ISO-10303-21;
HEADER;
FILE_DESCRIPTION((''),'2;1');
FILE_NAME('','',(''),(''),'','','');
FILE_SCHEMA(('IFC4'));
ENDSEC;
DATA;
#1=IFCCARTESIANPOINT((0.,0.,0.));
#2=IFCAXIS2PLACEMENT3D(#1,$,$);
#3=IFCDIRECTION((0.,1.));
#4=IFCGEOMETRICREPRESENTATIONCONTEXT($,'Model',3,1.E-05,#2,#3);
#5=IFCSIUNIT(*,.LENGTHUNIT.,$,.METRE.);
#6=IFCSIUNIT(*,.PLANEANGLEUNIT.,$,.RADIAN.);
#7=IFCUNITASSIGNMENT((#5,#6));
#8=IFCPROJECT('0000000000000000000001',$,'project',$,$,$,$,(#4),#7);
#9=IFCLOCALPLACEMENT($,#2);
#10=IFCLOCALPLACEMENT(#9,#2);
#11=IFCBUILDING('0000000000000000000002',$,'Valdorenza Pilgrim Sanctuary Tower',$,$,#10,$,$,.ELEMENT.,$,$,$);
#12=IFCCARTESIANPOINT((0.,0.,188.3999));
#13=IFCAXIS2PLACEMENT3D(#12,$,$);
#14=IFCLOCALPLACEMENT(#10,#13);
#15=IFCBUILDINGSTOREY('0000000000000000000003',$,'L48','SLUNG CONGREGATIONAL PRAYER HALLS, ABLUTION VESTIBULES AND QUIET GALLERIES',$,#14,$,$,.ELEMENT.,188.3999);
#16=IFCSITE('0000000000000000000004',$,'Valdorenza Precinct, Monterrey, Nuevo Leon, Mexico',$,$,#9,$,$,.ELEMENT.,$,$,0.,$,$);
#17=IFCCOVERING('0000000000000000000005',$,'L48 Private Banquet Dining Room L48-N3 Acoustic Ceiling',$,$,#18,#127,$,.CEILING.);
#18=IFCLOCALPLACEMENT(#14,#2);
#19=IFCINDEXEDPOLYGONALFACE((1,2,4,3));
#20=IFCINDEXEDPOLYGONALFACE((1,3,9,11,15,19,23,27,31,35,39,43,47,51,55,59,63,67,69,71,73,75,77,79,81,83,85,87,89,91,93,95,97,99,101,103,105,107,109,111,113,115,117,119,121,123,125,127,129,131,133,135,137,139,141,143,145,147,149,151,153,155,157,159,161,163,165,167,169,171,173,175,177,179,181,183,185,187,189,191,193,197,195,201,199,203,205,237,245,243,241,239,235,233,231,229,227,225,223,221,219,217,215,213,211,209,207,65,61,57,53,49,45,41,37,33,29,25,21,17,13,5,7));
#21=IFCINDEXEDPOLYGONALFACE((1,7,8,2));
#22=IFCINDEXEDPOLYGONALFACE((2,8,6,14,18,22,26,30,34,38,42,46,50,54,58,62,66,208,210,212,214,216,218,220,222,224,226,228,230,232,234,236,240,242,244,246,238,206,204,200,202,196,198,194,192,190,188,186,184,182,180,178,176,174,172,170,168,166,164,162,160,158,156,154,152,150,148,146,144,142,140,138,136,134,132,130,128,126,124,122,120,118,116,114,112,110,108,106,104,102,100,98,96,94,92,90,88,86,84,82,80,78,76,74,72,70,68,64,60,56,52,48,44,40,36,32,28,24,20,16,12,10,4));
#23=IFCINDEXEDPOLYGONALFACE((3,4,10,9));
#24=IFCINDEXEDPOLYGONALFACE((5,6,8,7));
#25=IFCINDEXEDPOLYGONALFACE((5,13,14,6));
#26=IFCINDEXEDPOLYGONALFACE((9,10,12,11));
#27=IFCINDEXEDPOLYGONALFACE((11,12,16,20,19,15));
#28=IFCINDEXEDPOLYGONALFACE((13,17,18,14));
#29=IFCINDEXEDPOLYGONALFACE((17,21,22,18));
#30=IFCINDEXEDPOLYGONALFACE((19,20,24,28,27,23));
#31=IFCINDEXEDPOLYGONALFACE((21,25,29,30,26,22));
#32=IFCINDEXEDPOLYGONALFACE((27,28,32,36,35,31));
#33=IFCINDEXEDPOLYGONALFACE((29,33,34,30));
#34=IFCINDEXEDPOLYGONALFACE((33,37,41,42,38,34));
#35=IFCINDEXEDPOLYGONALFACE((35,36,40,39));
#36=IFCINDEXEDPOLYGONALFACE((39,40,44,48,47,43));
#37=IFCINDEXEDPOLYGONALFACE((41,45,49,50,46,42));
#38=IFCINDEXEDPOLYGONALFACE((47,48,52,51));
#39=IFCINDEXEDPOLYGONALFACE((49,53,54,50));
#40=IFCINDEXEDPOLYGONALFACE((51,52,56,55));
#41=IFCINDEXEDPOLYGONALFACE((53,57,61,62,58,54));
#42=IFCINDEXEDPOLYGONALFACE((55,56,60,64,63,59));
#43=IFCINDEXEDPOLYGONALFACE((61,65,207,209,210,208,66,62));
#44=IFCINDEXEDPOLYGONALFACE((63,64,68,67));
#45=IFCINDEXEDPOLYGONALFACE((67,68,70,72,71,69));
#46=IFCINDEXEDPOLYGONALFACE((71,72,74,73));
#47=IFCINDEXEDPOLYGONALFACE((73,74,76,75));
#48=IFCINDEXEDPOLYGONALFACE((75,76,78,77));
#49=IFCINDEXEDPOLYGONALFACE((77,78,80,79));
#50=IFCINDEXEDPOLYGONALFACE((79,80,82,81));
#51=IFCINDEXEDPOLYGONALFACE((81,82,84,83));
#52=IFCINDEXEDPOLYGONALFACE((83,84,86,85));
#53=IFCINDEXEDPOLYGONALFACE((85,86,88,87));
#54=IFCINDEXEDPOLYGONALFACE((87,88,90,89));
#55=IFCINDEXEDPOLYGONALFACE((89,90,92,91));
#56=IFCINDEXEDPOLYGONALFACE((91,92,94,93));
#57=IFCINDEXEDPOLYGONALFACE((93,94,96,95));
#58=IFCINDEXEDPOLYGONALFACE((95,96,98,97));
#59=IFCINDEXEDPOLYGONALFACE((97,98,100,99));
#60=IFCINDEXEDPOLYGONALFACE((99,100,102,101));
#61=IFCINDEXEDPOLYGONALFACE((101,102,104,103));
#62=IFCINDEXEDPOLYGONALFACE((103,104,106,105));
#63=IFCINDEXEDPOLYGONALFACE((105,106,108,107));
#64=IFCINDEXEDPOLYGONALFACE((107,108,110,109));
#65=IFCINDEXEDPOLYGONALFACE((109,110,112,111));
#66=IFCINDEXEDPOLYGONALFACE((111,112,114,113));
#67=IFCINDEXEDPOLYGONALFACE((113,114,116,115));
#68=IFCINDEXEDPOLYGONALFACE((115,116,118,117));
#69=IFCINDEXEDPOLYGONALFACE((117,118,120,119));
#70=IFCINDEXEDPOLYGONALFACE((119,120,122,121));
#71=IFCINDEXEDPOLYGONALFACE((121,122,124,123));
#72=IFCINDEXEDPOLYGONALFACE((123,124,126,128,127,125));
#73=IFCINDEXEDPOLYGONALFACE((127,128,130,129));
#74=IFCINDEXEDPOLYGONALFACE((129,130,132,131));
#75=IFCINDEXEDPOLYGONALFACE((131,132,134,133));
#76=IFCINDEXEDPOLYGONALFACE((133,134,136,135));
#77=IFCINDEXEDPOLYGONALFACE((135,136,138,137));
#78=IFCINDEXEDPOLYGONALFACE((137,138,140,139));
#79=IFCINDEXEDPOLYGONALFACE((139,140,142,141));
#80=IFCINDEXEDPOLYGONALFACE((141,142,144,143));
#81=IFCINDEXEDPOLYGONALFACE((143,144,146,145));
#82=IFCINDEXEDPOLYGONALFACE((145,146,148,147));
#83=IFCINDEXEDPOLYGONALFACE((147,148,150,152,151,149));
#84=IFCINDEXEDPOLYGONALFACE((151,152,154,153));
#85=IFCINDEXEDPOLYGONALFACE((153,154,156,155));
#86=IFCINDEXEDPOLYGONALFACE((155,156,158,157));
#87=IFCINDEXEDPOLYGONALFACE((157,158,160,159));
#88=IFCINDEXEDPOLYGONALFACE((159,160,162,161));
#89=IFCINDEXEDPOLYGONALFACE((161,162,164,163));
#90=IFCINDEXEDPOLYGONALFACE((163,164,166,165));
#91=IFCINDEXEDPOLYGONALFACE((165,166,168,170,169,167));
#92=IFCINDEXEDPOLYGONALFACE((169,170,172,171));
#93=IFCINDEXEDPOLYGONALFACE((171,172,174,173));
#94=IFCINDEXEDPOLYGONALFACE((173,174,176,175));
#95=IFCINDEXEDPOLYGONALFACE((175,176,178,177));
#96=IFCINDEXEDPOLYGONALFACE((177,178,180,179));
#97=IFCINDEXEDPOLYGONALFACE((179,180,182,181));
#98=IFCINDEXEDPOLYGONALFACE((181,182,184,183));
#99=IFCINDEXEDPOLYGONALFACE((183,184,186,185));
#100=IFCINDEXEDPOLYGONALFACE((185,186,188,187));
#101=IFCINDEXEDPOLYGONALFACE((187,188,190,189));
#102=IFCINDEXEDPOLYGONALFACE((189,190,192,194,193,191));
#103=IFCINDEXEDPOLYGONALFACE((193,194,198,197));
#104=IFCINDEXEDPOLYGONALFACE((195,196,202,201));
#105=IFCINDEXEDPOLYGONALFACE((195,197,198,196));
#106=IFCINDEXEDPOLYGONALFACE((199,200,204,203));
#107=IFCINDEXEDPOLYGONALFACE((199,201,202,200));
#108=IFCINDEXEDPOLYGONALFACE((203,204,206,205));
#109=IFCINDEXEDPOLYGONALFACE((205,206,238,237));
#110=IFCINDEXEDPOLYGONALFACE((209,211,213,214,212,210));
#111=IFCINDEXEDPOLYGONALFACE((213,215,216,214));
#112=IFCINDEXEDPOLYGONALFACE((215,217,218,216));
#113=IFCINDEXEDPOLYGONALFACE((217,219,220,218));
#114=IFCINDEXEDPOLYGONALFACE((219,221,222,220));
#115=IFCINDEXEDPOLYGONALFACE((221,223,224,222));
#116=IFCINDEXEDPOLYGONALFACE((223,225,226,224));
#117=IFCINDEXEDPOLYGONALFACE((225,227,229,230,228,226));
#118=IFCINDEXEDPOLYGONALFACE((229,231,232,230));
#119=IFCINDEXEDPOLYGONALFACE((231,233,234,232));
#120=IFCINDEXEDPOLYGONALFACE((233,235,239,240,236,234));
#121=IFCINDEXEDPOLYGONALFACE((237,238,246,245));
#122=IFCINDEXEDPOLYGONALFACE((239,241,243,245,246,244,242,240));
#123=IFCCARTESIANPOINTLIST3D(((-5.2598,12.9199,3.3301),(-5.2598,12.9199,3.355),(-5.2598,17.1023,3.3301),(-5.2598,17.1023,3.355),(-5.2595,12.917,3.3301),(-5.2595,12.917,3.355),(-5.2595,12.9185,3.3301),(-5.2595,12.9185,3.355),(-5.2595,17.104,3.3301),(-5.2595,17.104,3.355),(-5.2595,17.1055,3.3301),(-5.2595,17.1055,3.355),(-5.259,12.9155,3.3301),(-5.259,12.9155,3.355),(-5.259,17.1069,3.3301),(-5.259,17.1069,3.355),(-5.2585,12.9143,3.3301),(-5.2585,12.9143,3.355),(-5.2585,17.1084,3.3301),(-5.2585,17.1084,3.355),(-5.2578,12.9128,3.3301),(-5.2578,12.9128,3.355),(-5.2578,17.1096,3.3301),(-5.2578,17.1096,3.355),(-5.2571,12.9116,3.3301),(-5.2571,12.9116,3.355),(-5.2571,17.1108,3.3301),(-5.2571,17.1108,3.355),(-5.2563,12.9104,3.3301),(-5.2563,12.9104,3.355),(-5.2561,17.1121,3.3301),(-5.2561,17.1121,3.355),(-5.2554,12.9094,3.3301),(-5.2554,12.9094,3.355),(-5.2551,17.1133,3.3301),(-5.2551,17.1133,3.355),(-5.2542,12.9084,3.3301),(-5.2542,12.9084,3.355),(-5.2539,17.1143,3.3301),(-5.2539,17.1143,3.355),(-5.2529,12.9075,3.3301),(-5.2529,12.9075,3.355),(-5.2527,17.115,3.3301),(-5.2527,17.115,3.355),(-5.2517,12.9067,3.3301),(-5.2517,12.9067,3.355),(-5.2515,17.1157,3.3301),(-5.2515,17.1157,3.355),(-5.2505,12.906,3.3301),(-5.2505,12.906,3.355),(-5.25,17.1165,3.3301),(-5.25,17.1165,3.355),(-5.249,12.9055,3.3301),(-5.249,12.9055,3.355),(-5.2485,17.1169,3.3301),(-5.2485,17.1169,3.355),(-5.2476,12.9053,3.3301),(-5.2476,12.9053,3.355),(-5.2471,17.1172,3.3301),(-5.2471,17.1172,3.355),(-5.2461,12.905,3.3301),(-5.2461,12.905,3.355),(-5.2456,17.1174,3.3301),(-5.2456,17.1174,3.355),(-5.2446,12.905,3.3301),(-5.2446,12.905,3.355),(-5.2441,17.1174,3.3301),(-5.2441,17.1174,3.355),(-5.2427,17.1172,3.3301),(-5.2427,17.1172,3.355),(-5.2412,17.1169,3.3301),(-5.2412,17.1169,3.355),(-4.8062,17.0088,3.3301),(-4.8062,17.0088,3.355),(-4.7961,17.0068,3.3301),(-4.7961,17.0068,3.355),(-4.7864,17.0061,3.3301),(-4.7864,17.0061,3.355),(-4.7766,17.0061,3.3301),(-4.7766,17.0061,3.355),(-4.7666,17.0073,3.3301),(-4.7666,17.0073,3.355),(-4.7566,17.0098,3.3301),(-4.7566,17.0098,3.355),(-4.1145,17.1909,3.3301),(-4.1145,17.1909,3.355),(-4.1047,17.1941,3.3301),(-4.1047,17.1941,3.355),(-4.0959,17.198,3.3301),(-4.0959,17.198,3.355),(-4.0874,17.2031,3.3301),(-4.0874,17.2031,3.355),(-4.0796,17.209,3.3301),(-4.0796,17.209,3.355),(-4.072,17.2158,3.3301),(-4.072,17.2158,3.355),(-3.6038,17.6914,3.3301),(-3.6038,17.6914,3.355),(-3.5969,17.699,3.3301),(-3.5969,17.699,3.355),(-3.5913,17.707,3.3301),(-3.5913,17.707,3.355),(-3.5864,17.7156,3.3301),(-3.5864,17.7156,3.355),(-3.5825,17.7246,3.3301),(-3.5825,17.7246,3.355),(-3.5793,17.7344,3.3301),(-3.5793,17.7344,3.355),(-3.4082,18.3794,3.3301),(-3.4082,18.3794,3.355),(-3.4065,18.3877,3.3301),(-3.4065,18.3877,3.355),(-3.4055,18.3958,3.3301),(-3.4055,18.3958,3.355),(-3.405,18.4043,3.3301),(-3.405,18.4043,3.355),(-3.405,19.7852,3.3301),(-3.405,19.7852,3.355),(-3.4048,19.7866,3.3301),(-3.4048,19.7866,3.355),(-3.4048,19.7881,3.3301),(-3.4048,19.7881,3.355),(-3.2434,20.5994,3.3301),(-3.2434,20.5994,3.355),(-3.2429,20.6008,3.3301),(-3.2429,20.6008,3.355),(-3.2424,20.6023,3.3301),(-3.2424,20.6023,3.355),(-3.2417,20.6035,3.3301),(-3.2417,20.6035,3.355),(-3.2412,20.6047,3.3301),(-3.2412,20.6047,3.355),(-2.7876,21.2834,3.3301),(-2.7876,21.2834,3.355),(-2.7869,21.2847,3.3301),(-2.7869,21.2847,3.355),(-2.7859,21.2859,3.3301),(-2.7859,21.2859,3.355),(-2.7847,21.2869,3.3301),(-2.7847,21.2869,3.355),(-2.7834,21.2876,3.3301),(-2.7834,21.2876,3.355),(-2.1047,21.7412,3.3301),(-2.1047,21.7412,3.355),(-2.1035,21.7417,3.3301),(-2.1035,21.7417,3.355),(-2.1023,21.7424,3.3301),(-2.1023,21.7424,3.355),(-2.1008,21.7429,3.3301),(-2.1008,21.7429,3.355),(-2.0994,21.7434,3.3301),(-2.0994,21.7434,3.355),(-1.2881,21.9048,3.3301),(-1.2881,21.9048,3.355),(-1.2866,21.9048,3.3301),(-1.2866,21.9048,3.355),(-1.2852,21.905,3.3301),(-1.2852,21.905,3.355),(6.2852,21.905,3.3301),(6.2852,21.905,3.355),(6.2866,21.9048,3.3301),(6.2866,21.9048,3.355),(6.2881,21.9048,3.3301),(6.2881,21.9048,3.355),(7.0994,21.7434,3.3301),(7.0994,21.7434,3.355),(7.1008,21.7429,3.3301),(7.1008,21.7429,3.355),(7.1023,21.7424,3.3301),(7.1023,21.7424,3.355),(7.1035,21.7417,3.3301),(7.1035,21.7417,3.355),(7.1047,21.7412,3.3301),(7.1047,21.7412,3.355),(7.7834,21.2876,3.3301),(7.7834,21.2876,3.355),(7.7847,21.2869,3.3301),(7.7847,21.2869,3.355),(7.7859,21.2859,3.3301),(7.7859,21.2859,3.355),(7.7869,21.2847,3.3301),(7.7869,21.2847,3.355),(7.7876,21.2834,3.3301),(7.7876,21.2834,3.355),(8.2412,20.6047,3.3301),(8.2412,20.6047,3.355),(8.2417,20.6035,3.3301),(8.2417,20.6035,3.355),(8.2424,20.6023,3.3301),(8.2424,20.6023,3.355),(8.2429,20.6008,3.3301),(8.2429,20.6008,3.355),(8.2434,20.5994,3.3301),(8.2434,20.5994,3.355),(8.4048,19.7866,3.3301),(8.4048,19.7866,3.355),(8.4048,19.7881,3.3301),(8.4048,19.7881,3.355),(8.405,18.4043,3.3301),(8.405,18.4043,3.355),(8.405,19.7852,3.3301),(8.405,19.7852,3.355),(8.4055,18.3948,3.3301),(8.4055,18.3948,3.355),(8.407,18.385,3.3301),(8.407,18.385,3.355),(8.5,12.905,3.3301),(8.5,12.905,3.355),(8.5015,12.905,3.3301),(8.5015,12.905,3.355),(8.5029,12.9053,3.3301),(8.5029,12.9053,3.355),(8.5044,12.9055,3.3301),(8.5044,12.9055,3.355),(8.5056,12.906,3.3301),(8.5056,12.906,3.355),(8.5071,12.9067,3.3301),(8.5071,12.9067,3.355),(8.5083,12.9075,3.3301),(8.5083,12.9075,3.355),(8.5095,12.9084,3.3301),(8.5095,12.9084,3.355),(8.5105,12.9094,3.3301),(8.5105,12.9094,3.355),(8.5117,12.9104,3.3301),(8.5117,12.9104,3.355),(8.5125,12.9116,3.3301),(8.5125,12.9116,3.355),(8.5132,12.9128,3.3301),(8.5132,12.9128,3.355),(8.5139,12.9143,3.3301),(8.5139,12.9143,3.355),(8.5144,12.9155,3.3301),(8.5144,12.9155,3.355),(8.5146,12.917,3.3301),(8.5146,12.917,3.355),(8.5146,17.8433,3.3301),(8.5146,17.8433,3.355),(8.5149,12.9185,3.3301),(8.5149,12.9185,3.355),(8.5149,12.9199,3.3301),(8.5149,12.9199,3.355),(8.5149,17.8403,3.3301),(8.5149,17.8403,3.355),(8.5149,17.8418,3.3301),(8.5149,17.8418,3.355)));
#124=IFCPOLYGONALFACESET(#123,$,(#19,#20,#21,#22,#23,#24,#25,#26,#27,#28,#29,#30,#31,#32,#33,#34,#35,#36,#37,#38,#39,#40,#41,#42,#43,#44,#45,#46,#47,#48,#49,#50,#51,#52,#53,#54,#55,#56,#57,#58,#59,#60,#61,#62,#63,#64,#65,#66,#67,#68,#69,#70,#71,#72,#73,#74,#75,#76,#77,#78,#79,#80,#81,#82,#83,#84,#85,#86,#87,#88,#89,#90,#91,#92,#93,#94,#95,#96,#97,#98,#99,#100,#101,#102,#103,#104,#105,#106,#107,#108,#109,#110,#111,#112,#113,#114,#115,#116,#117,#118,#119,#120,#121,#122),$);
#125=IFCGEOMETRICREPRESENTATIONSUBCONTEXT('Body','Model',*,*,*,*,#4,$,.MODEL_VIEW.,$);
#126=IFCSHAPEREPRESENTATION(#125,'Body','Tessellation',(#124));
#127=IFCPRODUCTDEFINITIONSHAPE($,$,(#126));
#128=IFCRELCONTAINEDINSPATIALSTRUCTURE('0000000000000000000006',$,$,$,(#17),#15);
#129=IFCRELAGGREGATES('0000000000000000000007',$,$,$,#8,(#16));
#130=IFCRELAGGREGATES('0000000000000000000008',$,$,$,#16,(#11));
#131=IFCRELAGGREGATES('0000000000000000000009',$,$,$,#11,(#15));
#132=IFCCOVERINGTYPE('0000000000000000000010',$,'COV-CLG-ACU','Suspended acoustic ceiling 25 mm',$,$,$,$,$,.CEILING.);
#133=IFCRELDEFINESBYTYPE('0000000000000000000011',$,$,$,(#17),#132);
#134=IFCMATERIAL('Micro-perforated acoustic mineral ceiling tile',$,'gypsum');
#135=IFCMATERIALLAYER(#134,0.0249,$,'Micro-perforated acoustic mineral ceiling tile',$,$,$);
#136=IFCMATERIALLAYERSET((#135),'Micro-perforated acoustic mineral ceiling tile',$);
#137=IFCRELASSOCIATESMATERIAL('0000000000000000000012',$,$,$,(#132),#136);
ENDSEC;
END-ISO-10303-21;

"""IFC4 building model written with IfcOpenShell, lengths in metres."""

from ifc_helpers import new_model, si_unit, direction, frame, origin, place, context, subcontext, project, spatial, polyline, outline, extrude, material, layer, layer_set, type_object, element, save


model = new_model("IFC4")

# Units and contexts
model_context = context("Model", 3, precision=1e-05, world=origin(), true_north=direction((0.0, 1.0)))
body_context = subcontext(model_context, "Body", "Model", "MODEL_VIEW")
ifc_project = project(units=[si_unit("LENGTHUNIT", "METRE"), si_unit("PLANEANGLEUNIT", "RADIAN")], contexts=[model_context])

# Site, building, storey
site_placement = place(None, origin())
site = spatial("IfcSite", under=ifc_project, at=site_placement, Name="Valdorenza Precinct, Monterrey, Nuevo Leon, Mexico", CompositionType="ELEMENT", RefElevation=0.0)
building_placement = place(site_placement, origin())
building = spatial("IfcBuilding", under=site, at=building_placement, Name="Valdorenza Pilgrim Sanctuary Tower", CompositionType="ELEMENT")
storey_placement = place(building_placement, frame((0.0, 0.0, 188.3999)))
storey = spatial("IfcBuildingStorey", under=building, at=storey_placement, Name="L48", Description="SLUNG CONGREGATIONAL PRAYER HALLS, ABLUTION VESTIBULES AND QUIET GALLERIES", CompositionType="ELEMENT", Elevation=188.3999)

# Covering
ifc_material_1 = material(Name="Micro-perforated acoustic mineral ceiling tile", Category="gypsum")
ifc_layer_1 = layer(ifc_material_1, 0.0249, Name="Micro-perforated acoustic mineral ceiling tile")
ifc_layer_set_1 = layer_set([ifc_layer_1], Name="Micro-perforated acoustic mineral ceiling tile")
covering_type_1 = type_object("IfcCoveringType", Name="COV-CLG-ACU", Description="Suspended acoustic ceiling 25 mm", PredefinedType="CEILING", material=ifc_layer_set_1)
covering_1_placement = place(storey_placement, frame((0.0, 0.0, 3.3301)))
element("IfcCovering", 1, at=covering_1_placement, inside=storey, type_object=covering_type_1, Name="L48 Private Banquet Dining Room L48-N3 Acoustic Ceiling", PredefinedType="CEILING", context=body_context, shape_type="SweptSolid", body=[
    extrude(outline(polyline([(-5.2446, 12.905), (-5.2461, 12.905), (-5.2476, 12.9053), (-5.249, 12.9055), (-5.2505, 12.906), (-5.2517, 12.9067), (-5.2529, 12.9075), (-5.2542, 12.9084), (-5.2554, 12.9094), (-5.2563, 12.9104), (-5.2571, 12.9116), (-5.2578, 12.9128), (-5.2585, 12.9143), (-5.259, 12.9155), (-5.2595, 12.917), (-5.2595, 12.9185), (-5.2598, 12.9199), (-5.2598, 17.1023), (-5.2595, 17.104), (-5.2595, 17.1055), (-5.259, 17.1069), (-5.2585, 17.1084), (-5.2578, 17.1096), (-5.2571, 17.1108), (-5.2561, 17.1121), (-5.2551, 17.1133), (-5.2539, 17.1143), (-5.2527, 17.115), (-5.2515, 17.1157), (-5.25, 17.1165), (-5.2485, 17.1169), (-5.2471, 17.1172), (-5.2456, 17.1174), (-5.2441, 17.1174), (-5.2427, 17.1172), (-5.2412, 17.1169), (-4.8062, 17.0088), (-4.7961, 17.0068), (-4.7864, 17.0061), (-4.7766, 17.0061), (-4.7666, 17.0073), (-4.7566, 17.0098), (-4.1145, 17.1909), (-4.1047, 17.1941), (-4.0959, 17.198), (-4.0874, 17.2031), (-4.0796, 17.209), (-4.072, 17.2158), (-3.6038, 17.6914), (-3.5969, 17.699), (-3.5913, 17.707), (-3.5864, 17.7156), (-3.5825, 17.7246), (-3.5793, 17.7344), (-3.4082, 18.3794), (-3.4065, 18.3877), (-3.4055, 18.3958), (-3.405, 18.4043), (-3.405, 19.7852), (-3.4048, 19.7866), (-3.4048, 19.7881), (-3.2434, 20.5994), (-3.2429, 20.6008), (-3.2424, 20.6023), (-3.2417, 20.6035), (-3.2412, 20.6047), (-2.7876, 21.2834), (-2.7869, 21.2847), (-2.7859, 21.2859), (-2.7847, 21.2869), (-2.7834, 21.2876), (-2.1047, 21.7412), (-2.1035, 21.7417), (-2.1023, 21.7424), (-2.1008, 21.7429), (-2.0994, 21.7434), (-1.2881, 21.9048), (-1.2866, 21.9048), (-1.2852, 21.905), (6.2852, 21.905), (6.2866, 21.9048), (6.2881, 21.9048), (7.0994, 21.7434), (7.1008, 21.7429), (7.1023, 21.7424), (7.1035, 21.7417), (7.1047, 21.7412), (7.7834, 21.2876), (7.7847, 21.2869), (7.7859, 21.2859), (7.7869, 21.2847), (7.7876, 21.2834), (8.2412, 20.6047), (8.2417, 20.6035), (8.2424, 20.6023), (8.2429, 20.6008), (8.2434, 20.5994), (8.4048, 19.7881), (8.4048, 19.7866), (8.405, 19.7852), (8.405, 18.4043), (8.4055, 18.3948), (8.407, 18.385), (8.5146, 17.8433), (8.5149, 17.8418), (8.5149, 17.8403), (8.5149, 12.9199), (8.5149, 12.9185), (8.5146, 12.917), (8.5144, 12.9155), (8.5139, 12.9143), (8.5132, 12.9128), (8.5125, 12.9116), (8.5117, 12.9104), (8.5105, 12.9094), (8.5095, 12.9084), (8.5083, 12.9075), (8.5071, 12.9067), (8.5056, 12.906), (8.5044, 12.9055), (8.5029, 12.9053), (8.5015, 12.905), (8.5, 12.905), (-5.2446, 12.905)])), origin(), (0.0, 0.0, 1.0), 0.0249),
])

save(model, "model.ifc")
